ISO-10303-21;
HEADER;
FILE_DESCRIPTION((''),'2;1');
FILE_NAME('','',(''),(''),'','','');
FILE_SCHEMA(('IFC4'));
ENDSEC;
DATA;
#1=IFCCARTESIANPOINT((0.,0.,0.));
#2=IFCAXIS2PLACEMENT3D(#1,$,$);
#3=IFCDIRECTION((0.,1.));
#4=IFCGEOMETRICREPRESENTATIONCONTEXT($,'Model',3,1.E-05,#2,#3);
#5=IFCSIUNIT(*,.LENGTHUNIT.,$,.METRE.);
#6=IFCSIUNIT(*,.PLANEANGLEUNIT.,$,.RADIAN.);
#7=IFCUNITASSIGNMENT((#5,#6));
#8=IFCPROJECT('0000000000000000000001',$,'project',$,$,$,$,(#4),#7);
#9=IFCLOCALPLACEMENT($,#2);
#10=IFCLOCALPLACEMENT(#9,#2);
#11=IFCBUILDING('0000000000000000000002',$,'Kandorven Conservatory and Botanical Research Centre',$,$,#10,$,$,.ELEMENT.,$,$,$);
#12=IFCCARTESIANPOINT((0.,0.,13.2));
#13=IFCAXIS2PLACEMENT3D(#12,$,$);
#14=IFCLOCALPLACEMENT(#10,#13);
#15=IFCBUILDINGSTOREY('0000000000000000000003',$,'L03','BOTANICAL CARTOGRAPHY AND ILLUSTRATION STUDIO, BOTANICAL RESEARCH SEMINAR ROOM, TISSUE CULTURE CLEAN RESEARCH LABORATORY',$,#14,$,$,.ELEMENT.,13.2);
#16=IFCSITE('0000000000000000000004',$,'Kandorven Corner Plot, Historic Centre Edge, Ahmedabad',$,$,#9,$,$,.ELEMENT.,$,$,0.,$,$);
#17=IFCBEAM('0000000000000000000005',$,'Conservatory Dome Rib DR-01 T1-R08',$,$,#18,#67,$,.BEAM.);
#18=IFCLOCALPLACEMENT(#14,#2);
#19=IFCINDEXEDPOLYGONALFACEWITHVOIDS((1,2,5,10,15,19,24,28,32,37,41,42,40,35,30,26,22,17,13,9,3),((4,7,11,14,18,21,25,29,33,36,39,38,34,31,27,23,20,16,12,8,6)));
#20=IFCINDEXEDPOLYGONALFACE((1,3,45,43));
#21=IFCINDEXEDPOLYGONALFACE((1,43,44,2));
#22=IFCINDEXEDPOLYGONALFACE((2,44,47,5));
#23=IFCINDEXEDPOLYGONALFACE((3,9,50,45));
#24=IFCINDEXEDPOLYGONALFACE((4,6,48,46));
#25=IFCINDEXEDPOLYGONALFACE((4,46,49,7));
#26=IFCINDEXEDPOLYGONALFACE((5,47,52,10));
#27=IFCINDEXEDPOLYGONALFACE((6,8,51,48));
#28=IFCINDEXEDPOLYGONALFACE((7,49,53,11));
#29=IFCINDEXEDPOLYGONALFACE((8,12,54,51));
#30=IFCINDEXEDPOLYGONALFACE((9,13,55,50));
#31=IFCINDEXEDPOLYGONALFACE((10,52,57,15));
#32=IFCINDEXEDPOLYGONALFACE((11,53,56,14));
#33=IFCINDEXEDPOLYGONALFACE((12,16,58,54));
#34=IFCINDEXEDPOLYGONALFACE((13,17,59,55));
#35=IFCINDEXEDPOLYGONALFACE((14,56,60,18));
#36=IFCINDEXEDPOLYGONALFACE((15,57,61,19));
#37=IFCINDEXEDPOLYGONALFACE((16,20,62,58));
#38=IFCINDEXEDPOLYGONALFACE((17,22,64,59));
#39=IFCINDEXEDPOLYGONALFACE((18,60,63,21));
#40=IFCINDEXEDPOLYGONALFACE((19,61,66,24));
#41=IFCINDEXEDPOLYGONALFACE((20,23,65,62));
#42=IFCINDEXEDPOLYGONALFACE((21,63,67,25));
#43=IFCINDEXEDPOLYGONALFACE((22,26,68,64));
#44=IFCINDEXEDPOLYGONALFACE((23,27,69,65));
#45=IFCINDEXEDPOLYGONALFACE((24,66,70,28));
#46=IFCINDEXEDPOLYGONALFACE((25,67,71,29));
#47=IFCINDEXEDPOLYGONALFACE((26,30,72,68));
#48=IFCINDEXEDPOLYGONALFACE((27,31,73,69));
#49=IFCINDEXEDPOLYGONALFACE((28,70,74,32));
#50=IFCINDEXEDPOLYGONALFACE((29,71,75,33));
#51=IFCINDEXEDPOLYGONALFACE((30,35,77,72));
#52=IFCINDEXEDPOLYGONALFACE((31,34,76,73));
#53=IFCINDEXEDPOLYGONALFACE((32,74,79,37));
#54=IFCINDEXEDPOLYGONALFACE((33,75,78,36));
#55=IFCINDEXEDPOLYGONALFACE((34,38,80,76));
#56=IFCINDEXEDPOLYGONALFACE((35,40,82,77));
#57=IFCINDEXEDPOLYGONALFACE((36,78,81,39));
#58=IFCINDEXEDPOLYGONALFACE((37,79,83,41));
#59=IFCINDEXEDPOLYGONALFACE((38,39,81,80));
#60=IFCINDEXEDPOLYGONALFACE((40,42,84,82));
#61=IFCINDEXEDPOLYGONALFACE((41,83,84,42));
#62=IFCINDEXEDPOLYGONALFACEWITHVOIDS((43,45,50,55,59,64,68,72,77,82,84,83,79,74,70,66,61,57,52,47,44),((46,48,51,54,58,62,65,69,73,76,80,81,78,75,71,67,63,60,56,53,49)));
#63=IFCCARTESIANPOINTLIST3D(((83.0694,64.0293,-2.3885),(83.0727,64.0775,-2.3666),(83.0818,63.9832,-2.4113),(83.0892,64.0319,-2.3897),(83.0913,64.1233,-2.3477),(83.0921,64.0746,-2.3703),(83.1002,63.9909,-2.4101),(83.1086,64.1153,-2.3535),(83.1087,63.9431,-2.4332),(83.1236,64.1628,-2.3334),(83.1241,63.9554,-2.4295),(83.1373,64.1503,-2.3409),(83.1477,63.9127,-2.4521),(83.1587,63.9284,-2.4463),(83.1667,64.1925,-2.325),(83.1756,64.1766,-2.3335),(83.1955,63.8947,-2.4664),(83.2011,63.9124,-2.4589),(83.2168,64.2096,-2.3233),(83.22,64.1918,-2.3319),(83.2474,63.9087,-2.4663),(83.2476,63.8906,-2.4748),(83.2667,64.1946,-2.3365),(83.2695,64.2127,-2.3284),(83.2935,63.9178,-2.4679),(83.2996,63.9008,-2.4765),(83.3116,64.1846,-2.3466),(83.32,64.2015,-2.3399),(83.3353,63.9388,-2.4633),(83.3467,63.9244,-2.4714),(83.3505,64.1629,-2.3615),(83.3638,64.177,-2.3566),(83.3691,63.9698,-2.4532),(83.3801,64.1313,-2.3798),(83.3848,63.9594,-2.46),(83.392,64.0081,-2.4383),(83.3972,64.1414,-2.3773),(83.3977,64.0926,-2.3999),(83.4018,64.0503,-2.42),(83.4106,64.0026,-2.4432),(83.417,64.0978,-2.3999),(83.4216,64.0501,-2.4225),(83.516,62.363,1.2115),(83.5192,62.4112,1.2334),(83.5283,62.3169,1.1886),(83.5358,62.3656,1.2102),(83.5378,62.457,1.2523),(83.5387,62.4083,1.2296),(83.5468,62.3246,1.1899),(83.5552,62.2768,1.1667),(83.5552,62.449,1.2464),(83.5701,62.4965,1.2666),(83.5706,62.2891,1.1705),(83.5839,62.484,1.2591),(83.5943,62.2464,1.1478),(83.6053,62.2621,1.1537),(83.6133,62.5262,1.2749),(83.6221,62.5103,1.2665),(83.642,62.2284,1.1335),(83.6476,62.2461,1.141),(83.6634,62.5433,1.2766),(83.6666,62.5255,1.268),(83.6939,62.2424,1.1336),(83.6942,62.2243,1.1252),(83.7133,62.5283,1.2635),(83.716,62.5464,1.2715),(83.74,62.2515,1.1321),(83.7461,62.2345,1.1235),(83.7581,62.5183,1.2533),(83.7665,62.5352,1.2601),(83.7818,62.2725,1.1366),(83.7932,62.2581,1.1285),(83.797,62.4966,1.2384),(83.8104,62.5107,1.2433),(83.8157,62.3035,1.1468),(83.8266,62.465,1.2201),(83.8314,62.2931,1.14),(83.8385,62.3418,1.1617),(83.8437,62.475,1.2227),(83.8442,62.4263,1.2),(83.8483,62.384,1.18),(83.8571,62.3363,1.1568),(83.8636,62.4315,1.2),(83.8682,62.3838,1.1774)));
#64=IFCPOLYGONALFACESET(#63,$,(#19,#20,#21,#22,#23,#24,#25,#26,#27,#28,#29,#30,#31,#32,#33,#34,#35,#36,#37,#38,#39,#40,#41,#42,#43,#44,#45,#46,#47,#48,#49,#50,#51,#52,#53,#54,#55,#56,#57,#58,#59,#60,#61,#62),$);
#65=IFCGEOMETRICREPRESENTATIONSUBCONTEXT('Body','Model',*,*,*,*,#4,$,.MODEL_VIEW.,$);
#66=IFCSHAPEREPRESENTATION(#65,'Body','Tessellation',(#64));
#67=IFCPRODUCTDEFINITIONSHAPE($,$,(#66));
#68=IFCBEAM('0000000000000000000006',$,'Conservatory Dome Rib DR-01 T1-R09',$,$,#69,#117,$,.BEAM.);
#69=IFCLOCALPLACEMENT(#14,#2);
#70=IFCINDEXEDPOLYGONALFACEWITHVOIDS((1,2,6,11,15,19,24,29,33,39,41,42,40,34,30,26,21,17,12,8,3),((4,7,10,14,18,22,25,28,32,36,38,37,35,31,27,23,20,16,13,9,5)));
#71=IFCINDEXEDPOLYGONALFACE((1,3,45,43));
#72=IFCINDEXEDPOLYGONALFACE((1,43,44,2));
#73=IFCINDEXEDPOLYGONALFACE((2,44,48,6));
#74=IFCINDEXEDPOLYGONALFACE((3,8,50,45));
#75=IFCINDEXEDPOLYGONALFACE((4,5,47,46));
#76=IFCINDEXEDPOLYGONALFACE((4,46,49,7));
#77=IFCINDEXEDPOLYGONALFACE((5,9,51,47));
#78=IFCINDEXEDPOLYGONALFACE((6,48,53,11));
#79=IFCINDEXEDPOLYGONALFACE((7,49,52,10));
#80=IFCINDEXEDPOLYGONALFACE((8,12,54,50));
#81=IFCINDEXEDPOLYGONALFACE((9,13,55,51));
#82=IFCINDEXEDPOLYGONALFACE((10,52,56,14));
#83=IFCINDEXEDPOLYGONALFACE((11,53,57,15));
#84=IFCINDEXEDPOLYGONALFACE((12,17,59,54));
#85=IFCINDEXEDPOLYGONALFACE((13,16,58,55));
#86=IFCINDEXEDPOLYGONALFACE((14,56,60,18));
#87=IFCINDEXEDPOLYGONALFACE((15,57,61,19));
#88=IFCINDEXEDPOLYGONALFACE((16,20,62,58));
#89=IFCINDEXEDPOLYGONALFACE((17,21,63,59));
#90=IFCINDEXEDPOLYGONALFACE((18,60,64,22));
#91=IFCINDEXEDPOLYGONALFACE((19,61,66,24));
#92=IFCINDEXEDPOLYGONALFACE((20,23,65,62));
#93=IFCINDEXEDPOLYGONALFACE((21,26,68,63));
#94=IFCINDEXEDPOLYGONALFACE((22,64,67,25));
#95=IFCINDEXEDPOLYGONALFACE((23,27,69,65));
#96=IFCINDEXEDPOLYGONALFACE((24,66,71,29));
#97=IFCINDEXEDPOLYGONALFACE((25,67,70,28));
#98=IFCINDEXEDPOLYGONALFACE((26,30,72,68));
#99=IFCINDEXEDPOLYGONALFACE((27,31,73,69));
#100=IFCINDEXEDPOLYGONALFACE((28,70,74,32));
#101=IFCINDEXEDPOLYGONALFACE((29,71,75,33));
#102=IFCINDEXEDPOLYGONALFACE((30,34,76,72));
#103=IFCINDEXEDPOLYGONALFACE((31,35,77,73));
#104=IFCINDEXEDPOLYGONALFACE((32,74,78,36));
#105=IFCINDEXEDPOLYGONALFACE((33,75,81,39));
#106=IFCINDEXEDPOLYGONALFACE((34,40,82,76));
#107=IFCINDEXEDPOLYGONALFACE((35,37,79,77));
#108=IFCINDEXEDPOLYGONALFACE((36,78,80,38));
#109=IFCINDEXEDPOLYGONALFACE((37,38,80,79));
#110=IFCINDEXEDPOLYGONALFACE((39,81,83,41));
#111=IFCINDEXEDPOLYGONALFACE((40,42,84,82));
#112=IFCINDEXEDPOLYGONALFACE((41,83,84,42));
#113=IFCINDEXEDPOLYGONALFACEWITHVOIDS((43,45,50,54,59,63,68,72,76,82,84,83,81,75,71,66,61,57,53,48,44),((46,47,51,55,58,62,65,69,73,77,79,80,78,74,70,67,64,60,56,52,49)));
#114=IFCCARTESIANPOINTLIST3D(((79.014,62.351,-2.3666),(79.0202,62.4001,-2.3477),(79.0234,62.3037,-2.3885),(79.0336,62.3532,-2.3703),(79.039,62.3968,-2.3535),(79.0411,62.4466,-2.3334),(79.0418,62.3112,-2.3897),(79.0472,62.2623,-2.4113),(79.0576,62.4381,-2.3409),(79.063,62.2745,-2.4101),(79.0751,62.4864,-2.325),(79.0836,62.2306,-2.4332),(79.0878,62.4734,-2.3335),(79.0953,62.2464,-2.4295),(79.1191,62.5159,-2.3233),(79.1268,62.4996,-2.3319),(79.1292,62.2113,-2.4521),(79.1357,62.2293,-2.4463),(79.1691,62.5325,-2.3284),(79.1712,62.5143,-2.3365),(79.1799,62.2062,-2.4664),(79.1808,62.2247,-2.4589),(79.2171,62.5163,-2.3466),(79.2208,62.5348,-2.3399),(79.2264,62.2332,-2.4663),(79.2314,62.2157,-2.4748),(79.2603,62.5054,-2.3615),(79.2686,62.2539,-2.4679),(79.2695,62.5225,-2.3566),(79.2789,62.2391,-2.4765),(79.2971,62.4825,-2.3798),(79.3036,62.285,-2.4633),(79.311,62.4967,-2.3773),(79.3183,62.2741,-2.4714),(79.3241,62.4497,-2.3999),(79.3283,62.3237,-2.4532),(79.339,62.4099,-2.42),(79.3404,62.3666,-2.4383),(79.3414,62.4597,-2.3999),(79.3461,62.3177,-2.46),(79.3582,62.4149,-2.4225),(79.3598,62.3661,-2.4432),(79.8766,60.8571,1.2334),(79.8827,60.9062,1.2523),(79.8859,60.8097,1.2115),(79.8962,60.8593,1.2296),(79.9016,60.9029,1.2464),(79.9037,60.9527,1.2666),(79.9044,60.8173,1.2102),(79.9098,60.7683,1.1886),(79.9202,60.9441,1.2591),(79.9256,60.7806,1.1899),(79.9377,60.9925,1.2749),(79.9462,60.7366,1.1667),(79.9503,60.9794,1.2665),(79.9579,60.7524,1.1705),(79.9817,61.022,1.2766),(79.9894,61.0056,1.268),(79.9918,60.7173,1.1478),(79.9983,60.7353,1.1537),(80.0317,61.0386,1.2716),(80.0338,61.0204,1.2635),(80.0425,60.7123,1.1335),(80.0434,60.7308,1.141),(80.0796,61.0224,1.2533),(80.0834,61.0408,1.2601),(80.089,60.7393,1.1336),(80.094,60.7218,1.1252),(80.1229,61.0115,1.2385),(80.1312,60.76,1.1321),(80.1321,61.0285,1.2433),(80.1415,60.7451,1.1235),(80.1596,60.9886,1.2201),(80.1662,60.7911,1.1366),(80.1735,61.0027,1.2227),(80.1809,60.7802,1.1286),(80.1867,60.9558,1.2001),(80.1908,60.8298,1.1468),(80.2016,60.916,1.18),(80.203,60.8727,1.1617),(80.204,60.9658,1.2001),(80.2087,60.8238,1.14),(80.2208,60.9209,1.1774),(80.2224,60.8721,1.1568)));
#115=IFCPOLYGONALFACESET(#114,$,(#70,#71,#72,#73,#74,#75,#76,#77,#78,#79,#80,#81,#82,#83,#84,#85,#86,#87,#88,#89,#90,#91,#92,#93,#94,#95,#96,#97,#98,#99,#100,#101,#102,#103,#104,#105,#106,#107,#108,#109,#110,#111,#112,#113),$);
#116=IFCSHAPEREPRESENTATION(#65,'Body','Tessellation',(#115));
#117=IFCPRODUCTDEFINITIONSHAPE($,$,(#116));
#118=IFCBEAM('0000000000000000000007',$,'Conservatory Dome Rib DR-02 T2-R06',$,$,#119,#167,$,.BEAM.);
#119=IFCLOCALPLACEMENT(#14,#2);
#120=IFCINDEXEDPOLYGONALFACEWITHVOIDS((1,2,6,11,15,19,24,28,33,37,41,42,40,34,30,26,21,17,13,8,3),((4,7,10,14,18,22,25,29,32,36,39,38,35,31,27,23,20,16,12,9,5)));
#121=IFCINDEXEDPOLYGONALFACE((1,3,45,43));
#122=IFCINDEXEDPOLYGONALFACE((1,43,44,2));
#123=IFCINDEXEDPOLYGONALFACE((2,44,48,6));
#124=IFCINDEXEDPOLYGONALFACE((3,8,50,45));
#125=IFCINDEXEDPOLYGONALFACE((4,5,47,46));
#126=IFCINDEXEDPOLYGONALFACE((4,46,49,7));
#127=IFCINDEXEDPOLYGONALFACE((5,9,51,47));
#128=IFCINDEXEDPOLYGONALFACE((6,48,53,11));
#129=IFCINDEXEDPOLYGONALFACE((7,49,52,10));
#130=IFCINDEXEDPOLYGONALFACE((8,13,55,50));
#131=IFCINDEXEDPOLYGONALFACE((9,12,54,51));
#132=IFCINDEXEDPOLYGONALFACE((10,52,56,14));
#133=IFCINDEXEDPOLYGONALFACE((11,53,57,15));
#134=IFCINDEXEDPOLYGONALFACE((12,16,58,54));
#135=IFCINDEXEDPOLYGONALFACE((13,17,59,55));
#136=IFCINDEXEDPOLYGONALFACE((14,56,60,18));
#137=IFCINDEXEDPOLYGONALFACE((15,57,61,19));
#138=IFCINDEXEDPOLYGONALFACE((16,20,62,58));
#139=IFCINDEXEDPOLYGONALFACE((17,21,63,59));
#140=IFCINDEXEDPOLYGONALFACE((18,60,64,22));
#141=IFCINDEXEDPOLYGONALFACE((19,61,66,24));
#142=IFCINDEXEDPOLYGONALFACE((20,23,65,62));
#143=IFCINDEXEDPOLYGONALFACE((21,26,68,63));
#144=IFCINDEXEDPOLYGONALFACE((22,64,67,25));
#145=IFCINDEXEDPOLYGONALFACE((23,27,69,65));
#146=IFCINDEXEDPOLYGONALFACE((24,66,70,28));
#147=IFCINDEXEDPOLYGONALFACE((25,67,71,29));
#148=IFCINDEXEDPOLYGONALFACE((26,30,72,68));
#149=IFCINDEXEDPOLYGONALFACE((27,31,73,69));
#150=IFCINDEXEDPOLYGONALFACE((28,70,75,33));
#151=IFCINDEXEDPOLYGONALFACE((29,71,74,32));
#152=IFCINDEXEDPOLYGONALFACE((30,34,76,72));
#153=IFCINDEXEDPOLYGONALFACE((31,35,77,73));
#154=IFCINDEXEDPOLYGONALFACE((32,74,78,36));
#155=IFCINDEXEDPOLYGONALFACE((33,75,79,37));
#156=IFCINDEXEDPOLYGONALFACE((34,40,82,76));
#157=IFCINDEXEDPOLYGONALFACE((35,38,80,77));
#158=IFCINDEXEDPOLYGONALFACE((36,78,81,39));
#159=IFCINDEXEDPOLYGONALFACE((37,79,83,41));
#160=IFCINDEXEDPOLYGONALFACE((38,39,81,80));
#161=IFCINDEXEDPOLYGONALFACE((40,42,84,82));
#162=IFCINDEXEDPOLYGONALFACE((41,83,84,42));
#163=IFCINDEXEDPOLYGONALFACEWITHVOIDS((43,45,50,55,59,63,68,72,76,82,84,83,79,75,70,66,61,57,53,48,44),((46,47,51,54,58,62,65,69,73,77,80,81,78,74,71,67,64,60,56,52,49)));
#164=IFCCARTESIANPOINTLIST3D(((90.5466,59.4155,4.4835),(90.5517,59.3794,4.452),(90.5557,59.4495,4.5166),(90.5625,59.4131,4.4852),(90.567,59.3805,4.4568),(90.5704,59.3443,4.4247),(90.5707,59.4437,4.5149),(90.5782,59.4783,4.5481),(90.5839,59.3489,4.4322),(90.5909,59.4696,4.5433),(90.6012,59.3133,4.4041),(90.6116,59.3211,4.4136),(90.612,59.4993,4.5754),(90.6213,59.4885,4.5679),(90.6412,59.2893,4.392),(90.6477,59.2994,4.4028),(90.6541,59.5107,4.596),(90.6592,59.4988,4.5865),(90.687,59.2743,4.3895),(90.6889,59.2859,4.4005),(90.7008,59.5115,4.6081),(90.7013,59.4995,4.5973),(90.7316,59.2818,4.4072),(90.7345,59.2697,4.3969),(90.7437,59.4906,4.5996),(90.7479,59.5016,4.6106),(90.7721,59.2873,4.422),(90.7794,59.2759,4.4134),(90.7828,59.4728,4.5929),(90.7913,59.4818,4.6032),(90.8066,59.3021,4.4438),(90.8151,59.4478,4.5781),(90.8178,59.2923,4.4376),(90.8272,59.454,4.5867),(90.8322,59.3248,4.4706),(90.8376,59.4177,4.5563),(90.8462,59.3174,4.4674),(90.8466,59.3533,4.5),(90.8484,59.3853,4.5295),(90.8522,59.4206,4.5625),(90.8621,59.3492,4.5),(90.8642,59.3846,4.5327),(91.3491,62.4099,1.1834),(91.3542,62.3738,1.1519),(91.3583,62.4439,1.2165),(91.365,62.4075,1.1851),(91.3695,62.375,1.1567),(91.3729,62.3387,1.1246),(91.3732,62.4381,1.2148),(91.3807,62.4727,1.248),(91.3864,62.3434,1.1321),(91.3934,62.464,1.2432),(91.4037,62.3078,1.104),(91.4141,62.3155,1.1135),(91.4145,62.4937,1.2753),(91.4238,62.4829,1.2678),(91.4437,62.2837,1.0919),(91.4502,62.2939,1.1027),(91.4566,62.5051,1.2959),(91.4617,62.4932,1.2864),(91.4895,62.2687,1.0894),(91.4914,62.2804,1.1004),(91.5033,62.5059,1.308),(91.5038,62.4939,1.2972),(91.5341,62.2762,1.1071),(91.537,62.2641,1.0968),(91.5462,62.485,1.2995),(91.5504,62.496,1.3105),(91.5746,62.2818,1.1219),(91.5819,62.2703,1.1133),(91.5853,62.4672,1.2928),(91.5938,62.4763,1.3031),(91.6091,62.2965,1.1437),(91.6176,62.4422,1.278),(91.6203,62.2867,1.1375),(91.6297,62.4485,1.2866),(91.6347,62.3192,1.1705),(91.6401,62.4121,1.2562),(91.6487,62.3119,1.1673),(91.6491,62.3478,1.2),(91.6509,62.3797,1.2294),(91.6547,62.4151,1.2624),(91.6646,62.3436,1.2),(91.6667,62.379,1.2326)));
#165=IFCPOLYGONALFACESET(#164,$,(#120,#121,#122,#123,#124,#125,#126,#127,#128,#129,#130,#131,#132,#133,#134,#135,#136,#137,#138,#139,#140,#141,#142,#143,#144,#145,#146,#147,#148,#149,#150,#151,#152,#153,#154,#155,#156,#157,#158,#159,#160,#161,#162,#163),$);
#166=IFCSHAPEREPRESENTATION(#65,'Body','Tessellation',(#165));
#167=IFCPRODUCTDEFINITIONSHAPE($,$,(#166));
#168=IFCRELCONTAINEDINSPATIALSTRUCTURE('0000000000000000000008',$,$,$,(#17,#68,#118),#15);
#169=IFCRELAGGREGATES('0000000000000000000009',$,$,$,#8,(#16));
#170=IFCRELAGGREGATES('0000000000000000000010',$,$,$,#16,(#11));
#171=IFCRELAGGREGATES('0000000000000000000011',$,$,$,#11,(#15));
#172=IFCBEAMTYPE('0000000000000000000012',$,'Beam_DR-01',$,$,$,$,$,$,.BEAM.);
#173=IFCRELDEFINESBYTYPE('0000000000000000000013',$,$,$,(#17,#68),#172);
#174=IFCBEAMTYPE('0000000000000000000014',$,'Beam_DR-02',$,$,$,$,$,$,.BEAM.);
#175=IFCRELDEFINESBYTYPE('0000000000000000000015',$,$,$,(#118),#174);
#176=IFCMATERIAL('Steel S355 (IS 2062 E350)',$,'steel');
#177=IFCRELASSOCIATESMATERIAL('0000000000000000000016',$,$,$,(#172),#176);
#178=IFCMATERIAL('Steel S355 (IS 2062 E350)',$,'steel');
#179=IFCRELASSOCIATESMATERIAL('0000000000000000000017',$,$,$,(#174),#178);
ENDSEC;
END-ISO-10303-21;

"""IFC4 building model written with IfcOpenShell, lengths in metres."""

from ifc_helpers import new_model, si_unit, direction, frame, origin, origin_2d, place, context, subcontext, project, spatial, hollow_circle, extrude, material, material_profile, profile_set, type_object, element, save


model = new_model("IFC4")

# Units and contexts
model_context = context("Model", 3, precision=1e-05, world=origin(), true_north=direction((0.0, 1.0)))
body_context = subcontext(model_context, "Body", "Model", "MODEL_VIEW")
ifc_project = project(units=[si_unit("LENGTHUNIT", "METRE"), si_unit("PLANEANGLEUNIT", "RADIAN")], contexts=[model_context])

# Site, building, storey
site_placement = place(None, origin())
site = spatial("IfcSite", under=ifc_project, at=site_placement, Name="Kandorven Corner Plot, Historic Centre Edge, Ahmedabad", CompositionType="ELEMENT", RefElevation=0.0)
building_placement = place(site_placement, origin())
building = spatial("IfcBuilding", under=site, at=building_placement, Name="Kandorven Conservatory and Botanical Research Centre", CompositionType="ELEMENT")
storey_placement = place(building_placement, frame((0.0, 0.0, 13.2)))
storey = spatial("IfcBuildingStorey", under=building, at=storey_placement, Name="L03", Description="BOTANICAL CARTOGRAPHY AND ILLUSTRATION STUDIO, BOTANICAL RESEARCH SEMINAR ROOM, TISSUE CULTURE CLEAN RESEARCH LABORATORY", CompositionType="ELEMENT", Elevation=13.2)

# Beams
ifc_material_1 = material(Name="Steel S355 (IS 2062 E350)", Category="steel")
ifc_material_profile_1 = material_profile(ifc_material_1, hollow_circle(Radius=0.1777, WallThickness=0.02, at=origin_2d()))
ifc_profile_set_1 = profile_set([ifc_material_profile_1], Name="Steel S355 (IS 2062 E350)")
beam_type_1 = type_object("IfcBeamType", Name="Beam_DR-01", PredefinedType="BEAM", material=ifc_profile_set_1)
for number, where, z_axis, x_axis, name in (
    (1, (83.2454, 64.0518, -2.3999), (0.111862, -0.417417, 0.901804), (0.965917, 0.258852, 0.0), "Conservatory Dome Rib DR-01 T1-R08"),
    (2, (79.1875, 62.3708, -2.3999), (0.216079, -0.374239, 0.901807), (0.866014, 0.500021, 0.0), "Conservatory Dome Rib DR-01 T1-R09"),
):
    element("IfcBeam", number, at=place(storey_placement, frame(where, z_axis=z_axis, x_axis=x_axis)), inside=storey, type_object=beam_type_1, Name=name, PredefinedType="BEAM", context=body_context, shape_type="SweptSolid", body=[
        extrude(hollow_circle(Radius=0.1777, WallThickness=0.02, at=origin_2d()), origin(), (0.0, 0.0, 1.0), 3.9919),
    ])
ifc_material_2 = material(Name="Steel S355 (IS 2062 E350)", Category="steel")
ifc_material_profile_2 = material_profile(ifc_material_2, hollow_circle(Radius=0.1619, WallThickness=0.0161, at=origin_2d()))
ifc_profile_set_2 = profile_set([ifc_material_profile_2], Name="Steel S355 (IS 2062 E350)")
beam_type_2 = type_object("IfcBeamType", Name="Beam_DR-02", PredefinedType="BEAM", material=ifc_profile_set_2)
beam_1_placement = place(storey_placement, frame((91.5083, 62.3855, 1.2), z_axis=(-0.177238, -0.661338, 0.728847), x_axis=(0.965914, -0.258863, 0.0)))
element("IfcBeam", 3, at=beam_1_placement, inside=storey, type_object=beam_type_2, Name="Conservatory Dome Rib DR-02 T2-R06", PredefinedType="BEAM", context=body_context, shape_type="SweptSolid", body=[
    extrude(hollow_circle(Radius=0.1619, WallThickness=0.0161, at=origin_2d()), origin(), (0.0, 0.0, 1.0), 4.5278),
])

save(model, "model.ifc")
